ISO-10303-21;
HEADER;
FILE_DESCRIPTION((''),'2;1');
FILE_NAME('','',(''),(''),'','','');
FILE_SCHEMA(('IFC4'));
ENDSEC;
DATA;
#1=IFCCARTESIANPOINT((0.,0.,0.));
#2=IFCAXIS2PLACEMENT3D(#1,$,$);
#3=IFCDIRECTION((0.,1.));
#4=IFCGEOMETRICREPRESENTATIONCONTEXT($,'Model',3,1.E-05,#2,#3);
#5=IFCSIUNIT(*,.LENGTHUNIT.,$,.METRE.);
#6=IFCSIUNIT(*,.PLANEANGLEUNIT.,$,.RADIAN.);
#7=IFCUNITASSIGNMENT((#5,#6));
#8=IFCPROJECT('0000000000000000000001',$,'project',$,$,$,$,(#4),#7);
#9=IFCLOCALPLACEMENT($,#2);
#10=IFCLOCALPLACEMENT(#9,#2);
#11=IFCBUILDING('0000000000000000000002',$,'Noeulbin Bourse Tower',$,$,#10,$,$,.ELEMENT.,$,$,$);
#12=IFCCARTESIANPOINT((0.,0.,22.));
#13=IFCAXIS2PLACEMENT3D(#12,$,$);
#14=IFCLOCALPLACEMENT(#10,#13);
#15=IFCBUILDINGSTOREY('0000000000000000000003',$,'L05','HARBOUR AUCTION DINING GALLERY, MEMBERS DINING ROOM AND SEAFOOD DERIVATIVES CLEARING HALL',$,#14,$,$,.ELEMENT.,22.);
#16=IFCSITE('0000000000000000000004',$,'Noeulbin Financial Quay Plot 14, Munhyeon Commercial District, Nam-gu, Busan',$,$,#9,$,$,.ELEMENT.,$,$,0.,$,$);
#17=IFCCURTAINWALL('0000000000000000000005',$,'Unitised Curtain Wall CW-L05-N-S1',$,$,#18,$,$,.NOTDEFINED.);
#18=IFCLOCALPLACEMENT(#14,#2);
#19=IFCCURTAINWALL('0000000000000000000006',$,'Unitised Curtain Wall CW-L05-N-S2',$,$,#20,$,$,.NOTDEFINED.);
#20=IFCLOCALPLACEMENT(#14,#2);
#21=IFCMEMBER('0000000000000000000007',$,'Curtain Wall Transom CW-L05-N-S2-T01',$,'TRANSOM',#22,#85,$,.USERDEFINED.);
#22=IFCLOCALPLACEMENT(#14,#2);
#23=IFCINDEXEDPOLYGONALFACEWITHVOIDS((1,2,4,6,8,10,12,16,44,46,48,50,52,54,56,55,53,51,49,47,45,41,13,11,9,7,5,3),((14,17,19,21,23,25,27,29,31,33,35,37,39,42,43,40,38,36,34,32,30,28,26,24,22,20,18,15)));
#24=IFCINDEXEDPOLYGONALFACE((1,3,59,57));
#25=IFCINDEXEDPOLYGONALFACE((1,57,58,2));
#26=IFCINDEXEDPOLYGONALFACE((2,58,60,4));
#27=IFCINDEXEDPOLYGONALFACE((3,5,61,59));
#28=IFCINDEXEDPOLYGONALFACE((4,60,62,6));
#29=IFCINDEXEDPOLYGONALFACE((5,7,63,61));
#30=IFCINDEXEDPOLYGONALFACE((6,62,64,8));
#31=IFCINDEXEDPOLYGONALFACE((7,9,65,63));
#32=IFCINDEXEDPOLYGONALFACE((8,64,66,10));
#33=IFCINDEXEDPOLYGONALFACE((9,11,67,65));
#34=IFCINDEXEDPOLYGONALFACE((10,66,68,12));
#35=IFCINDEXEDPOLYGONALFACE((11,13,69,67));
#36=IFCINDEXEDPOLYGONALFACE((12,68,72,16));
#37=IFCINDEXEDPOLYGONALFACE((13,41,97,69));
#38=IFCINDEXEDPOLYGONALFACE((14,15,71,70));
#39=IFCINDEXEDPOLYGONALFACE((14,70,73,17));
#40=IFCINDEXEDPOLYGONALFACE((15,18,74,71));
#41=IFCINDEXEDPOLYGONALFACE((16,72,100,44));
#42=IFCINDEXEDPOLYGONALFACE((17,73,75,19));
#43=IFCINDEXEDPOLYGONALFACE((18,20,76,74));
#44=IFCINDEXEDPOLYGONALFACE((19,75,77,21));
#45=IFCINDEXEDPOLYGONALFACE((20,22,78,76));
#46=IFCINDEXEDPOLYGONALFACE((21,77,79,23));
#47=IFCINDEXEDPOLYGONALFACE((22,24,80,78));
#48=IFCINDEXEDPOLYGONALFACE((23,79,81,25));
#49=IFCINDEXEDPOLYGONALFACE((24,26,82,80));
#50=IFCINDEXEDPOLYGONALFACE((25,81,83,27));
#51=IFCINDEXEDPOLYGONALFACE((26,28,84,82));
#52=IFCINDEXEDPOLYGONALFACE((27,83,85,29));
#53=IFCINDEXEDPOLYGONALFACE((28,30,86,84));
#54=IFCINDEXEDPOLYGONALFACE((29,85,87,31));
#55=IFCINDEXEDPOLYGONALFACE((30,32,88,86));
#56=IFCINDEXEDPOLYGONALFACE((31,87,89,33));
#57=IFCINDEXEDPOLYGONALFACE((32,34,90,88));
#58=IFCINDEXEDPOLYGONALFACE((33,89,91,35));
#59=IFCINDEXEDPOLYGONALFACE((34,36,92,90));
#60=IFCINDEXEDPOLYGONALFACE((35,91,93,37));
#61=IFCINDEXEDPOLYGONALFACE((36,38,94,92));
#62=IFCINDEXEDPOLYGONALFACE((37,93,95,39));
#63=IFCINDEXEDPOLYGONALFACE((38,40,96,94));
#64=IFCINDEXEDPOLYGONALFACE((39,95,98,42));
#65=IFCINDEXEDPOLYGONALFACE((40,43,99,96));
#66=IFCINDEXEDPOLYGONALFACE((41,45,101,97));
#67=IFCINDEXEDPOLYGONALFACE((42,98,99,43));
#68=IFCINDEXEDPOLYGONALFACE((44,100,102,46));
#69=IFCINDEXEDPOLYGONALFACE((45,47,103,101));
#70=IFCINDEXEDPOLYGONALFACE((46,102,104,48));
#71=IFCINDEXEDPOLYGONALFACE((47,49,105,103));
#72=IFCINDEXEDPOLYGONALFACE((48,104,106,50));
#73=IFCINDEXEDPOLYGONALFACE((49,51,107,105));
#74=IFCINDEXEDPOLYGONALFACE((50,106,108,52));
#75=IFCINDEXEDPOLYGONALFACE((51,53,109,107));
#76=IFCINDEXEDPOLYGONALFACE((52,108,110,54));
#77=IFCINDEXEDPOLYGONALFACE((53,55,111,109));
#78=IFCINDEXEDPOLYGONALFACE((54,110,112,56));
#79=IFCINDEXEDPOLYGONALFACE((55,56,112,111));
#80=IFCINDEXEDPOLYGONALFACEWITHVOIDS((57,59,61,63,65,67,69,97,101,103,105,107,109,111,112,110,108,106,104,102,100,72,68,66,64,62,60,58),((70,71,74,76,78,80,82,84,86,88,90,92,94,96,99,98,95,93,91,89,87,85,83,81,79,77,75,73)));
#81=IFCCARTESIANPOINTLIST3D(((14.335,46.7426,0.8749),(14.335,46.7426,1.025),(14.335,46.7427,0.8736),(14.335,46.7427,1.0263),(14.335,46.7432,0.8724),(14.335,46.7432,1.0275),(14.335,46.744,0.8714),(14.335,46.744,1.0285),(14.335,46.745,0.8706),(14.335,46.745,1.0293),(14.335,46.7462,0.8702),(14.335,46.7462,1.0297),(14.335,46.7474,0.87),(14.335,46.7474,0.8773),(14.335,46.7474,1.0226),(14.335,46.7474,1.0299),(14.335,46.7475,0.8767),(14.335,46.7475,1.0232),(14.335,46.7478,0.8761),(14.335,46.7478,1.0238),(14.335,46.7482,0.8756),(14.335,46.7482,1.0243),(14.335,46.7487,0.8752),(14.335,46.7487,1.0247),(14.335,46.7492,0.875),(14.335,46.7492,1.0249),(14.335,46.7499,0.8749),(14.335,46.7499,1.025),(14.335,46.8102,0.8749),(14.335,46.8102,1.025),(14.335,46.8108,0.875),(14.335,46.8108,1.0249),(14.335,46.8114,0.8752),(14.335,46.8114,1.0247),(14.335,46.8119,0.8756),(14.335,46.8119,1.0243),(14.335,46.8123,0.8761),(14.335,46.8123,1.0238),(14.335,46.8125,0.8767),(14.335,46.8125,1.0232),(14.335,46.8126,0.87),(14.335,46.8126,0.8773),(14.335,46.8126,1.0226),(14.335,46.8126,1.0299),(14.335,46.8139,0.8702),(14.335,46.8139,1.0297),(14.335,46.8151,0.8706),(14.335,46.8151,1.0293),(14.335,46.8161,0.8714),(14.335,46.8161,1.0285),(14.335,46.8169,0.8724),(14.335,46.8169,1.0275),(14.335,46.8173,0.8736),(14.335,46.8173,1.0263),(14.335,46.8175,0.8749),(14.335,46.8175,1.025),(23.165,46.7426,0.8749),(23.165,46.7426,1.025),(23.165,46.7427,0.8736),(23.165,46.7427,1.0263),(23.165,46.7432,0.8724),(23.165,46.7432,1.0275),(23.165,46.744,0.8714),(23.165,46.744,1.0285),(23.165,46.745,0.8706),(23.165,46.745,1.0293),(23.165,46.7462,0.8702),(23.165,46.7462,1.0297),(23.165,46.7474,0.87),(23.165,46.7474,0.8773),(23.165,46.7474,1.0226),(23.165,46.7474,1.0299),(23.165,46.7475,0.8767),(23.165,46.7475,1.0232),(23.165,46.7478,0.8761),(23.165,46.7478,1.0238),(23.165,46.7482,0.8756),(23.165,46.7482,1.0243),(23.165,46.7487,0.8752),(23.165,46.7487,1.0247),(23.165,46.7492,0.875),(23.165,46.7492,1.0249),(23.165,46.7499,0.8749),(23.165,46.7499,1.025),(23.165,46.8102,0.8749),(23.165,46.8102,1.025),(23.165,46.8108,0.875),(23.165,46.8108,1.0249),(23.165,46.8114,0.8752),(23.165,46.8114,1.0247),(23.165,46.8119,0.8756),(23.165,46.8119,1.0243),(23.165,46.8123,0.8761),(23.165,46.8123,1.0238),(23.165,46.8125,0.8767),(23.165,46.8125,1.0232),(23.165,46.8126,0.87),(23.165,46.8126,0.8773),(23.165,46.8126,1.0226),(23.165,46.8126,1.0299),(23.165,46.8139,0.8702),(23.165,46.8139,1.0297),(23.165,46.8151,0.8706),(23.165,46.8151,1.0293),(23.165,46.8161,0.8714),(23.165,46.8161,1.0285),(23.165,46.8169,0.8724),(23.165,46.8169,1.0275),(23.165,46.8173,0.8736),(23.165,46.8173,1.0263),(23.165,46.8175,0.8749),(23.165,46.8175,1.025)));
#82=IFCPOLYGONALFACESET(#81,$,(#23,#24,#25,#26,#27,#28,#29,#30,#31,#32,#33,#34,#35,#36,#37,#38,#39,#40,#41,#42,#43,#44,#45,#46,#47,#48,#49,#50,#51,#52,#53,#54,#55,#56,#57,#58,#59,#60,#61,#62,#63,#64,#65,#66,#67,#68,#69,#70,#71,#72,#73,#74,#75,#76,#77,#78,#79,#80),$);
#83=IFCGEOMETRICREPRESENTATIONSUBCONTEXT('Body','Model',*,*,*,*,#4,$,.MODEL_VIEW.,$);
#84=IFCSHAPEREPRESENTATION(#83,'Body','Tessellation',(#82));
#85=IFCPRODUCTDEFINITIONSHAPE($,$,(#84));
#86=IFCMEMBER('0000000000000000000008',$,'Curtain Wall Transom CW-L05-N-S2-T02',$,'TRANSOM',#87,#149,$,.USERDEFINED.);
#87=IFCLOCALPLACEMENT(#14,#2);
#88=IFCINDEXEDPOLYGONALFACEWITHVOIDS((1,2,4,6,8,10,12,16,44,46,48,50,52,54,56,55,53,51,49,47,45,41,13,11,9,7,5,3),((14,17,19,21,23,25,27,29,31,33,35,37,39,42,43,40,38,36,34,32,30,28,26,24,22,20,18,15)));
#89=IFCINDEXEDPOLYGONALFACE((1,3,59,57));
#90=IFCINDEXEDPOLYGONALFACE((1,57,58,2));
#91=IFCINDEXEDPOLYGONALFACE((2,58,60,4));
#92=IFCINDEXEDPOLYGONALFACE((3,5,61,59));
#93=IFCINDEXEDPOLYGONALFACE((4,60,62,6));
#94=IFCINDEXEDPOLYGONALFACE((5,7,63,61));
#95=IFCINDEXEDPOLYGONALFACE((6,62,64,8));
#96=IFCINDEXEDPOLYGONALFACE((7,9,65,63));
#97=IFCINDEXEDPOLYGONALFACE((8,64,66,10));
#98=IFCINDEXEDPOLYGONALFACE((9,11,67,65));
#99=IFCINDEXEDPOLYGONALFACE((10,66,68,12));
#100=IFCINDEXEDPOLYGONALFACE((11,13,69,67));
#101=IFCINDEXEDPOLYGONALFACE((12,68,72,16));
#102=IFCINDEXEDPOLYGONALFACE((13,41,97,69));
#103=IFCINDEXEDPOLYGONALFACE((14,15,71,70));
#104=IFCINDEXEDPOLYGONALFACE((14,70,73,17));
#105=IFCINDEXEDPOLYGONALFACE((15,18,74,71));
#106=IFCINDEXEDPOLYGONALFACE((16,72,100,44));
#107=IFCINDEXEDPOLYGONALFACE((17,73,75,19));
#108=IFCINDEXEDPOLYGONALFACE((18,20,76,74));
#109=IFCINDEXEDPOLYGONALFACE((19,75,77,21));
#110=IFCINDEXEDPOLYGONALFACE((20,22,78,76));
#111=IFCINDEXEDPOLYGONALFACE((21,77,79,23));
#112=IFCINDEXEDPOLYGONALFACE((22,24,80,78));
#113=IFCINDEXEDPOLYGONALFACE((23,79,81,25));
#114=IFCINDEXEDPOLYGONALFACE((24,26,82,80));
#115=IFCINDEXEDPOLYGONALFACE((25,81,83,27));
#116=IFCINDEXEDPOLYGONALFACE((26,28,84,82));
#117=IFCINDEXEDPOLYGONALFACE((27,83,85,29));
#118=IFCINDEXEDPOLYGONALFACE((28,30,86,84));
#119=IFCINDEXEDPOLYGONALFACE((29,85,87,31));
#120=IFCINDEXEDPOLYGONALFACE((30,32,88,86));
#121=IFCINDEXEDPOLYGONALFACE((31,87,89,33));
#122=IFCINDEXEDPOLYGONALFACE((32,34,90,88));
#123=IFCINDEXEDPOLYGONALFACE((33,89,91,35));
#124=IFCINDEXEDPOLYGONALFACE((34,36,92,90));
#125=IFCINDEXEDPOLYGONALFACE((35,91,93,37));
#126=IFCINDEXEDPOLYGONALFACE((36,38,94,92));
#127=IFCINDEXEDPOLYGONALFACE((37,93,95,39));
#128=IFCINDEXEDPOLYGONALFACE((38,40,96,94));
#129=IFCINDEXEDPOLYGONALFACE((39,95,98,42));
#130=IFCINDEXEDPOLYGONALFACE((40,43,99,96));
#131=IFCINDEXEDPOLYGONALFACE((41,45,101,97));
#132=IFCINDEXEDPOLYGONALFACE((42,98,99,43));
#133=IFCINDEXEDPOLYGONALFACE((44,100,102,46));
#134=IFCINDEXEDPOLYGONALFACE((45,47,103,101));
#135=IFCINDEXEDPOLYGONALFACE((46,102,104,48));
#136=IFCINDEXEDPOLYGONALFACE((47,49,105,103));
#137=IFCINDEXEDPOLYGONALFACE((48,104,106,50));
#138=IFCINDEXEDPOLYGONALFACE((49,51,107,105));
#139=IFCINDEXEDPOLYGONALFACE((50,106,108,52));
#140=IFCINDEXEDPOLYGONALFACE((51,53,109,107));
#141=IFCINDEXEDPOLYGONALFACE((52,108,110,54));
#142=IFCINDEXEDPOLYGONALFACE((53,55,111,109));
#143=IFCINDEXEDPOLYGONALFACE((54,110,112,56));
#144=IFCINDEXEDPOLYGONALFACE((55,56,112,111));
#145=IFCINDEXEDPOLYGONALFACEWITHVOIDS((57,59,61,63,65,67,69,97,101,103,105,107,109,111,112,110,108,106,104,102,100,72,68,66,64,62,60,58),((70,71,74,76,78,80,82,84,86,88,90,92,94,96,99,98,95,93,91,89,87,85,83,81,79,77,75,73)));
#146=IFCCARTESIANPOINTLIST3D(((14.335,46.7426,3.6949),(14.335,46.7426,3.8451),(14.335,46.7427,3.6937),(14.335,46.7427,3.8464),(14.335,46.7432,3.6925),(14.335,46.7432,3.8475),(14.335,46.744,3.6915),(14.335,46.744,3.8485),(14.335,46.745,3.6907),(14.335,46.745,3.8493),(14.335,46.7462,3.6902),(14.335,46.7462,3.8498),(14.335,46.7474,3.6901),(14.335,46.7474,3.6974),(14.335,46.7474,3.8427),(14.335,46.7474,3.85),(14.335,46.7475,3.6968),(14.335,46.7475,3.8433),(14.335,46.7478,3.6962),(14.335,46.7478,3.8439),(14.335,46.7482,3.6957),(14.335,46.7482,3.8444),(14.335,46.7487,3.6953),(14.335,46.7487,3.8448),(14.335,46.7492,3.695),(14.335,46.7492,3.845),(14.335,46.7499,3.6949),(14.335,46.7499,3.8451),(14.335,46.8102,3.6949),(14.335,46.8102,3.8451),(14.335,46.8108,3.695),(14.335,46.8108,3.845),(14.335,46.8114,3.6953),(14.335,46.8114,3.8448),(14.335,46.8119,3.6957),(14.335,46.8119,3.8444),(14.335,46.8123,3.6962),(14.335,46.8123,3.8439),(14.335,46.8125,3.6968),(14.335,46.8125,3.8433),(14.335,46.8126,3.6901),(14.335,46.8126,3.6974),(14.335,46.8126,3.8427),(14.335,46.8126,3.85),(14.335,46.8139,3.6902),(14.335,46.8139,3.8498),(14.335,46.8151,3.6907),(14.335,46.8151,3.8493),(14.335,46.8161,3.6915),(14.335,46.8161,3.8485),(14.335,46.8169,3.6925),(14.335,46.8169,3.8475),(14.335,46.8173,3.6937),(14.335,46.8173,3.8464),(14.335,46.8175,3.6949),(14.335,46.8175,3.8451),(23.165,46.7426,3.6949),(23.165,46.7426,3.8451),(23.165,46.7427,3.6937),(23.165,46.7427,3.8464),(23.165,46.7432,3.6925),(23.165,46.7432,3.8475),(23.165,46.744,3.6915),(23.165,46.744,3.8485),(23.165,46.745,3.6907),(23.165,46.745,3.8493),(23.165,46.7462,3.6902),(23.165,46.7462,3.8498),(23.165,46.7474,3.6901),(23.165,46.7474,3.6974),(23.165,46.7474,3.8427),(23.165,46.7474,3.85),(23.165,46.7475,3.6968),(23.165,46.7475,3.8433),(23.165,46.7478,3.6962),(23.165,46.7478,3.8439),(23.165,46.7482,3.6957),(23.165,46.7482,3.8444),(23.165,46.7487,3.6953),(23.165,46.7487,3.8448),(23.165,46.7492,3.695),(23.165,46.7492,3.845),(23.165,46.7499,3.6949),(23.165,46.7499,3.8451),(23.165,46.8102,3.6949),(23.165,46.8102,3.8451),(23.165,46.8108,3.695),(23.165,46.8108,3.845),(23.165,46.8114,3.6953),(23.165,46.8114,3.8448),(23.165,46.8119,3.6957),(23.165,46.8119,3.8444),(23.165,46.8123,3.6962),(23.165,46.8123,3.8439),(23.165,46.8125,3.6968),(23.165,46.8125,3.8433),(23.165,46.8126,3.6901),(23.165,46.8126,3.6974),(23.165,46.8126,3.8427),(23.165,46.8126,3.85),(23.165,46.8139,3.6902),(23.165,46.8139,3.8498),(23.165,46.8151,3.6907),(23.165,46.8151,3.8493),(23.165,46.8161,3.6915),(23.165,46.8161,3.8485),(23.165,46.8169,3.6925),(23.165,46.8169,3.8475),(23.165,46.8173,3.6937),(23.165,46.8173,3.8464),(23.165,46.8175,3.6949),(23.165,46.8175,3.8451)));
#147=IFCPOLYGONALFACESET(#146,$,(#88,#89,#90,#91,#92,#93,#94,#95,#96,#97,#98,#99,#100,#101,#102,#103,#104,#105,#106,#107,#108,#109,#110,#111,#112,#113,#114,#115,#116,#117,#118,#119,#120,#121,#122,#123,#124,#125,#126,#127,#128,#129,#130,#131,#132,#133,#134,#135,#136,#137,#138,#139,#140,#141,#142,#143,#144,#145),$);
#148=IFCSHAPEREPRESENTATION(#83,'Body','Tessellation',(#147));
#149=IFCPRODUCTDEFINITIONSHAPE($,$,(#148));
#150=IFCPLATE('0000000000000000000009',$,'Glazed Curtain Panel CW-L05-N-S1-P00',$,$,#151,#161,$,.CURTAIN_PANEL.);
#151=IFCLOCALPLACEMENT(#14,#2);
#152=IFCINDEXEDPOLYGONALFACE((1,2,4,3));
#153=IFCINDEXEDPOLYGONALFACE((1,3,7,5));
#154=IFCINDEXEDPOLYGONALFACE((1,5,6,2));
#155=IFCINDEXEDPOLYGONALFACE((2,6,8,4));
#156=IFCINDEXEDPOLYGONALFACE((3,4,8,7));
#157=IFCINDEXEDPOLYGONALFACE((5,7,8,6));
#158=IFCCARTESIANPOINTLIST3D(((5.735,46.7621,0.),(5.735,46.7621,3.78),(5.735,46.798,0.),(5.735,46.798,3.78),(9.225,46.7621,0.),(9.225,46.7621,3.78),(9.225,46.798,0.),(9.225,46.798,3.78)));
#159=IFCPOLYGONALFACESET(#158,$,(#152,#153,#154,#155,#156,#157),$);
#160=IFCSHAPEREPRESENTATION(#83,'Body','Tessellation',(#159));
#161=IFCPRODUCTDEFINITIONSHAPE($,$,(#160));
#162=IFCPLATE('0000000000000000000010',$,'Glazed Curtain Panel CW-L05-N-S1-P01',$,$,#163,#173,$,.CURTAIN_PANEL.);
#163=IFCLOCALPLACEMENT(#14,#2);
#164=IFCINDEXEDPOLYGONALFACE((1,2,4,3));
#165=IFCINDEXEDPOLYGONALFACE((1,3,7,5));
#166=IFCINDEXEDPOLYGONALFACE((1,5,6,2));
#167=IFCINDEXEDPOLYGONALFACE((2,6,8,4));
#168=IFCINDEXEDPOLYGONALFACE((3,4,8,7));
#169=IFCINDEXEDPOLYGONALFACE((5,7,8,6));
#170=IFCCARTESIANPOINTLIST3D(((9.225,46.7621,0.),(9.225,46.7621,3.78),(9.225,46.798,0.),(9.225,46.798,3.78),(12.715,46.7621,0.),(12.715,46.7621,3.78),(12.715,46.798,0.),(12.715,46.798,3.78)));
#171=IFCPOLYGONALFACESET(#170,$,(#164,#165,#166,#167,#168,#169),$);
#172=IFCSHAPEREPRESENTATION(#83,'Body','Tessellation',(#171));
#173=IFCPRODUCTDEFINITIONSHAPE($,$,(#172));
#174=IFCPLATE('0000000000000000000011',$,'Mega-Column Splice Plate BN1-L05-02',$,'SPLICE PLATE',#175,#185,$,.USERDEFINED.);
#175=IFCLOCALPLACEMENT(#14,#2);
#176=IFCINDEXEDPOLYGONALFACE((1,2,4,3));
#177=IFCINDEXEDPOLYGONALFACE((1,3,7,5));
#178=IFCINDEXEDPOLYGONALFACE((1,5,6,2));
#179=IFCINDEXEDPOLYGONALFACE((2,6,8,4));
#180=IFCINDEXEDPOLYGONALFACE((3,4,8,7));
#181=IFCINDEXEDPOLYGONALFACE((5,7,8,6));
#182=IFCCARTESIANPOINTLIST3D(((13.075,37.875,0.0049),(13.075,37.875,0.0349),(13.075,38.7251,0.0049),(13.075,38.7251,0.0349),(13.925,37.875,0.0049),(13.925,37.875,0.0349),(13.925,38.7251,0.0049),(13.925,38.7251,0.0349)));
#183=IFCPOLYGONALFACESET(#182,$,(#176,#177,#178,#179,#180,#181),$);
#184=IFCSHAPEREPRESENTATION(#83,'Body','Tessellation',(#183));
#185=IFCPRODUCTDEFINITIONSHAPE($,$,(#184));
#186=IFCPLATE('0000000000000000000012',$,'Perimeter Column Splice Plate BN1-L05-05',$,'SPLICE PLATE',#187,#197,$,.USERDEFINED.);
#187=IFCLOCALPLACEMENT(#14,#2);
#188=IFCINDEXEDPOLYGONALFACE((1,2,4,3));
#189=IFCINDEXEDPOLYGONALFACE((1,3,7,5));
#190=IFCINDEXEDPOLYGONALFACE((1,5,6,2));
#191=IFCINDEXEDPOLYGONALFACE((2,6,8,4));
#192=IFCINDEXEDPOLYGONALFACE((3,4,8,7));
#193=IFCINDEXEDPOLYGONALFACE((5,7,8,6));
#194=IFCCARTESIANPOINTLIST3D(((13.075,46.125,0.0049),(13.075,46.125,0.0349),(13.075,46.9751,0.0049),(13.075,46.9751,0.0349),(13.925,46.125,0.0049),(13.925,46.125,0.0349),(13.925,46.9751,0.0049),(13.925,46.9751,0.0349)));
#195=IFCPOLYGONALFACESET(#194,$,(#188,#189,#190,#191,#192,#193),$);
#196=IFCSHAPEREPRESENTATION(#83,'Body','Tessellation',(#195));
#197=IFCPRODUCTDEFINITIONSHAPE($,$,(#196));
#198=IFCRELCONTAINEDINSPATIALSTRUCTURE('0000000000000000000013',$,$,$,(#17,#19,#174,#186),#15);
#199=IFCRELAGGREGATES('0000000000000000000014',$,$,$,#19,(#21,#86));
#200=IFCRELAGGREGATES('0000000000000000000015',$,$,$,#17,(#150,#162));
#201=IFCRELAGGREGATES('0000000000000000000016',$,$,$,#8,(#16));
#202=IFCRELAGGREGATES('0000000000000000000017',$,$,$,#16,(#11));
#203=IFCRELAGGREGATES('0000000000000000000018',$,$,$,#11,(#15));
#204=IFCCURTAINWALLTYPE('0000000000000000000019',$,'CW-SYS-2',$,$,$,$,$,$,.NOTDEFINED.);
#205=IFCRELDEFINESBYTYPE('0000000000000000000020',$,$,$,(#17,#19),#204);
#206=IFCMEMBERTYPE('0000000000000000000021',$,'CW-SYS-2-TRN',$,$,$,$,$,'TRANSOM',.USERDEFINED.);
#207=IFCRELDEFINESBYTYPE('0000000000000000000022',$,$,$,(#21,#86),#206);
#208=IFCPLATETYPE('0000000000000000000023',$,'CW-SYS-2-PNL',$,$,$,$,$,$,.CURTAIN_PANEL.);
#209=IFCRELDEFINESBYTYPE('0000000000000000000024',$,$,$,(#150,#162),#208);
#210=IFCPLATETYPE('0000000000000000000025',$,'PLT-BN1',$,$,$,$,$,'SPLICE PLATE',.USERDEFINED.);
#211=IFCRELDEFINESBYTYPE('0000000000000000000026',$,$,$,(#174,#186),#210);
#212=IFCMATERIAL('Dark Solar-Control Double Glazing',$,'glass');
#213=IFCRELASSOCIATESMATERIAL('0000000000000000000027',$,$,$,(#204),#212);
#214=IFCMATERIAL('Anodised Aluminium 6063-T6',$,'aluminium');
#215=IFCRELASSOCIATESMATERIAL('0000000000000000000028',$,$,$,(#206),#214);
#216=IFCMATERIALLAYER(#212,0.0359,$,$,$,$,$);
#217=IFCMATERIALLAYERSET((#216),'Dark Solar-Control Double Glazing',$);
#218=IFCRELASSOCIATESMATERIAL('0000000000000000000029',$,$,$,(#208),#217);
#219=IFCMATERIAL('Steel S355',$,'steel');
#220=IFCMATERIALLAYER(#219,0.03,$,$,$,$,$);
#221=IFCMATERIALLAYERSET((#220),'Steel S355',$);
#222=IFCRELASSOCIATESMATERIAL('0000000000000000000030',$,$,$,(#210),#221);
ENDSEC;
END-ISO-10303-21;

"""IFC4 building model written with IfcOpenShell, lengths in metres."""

from ifc_helpers import new_model, si_unit, direction, frame, origin, origin_2d, place, context, subcontext, project, spatial, rectangle, hollow_rectangle, extrude, material, layer, layer_set, material_profile, profile_set, type_object, element, aggregate, save


model = new_model("IFC4")

# Units and contexts
model_context = context("Model", 3, precision=1e-05, world=origin(), true_north=direction((0.0, 1.0)))
body_context = subcontext(model_context, "Body", "Model", "MODEL_VIEW")
ifc_project = project(units=[si_unit("LENGTHUNIT", "METRE"), si_unit("PLANEANGLEUNIT", "RADIAN")], contexts=[model_context])

# Site, building, storey
site_placement = place(None, origin())
site = spatial("IfcSite", under=ifc_project, at=site_placement, Name="Noeulbin Financial Quay Plot 14, Munhyeon Commercial District, Nam-gu, Busan", CompositionType="ELEMENT", RefElevation=0.0)
building_placement = place(site_placement, origin())
building = spatial("IfcBuilding", under=site, at=building_placement, Name="Noeulbin Bourse Tower", CompositionType="ELEMENT")
storey_placement = place(building_placement, frame((0.0, 0.0, 22.0)))
storey = spatial("IfcBuildingStorey", under=building, at=storey_placement, Name="L05", Description="HARBOUR AUCTION DINING GALLERY, MEMBERS DINING ROOM AND SEAFOOD DERIVATIVES CLEARING HALL", CompositionType="ELEMENT", Elevation=22.0)

# Shared definitions
ifc_material_1 = material(Name="Steel S355", Category="steel")

# Curtain walls, members
ifc_material_2 = material(Name="Dark Solar-Control Double Glazing", Category="glass")
curtain_wall_type = type_object("IfcCurtainWallType", Name="CW-SYS-2", PredefinedType="NOTDEFINED", material=ifc_material_2)
curtain_wall_1_placement = place(storey_placement, origin())
curtain_wall_1 = element("IfcCurtainWall", 1, at=curtain_wall_1_placement, inside=storey, type_object=curtain_wall_type, Name="Unitised Curtain Wall CW-L05-N-S1", PredefinedType="NOTDEFINED")
ifc_material_3 = material(Name="Anodised Aluminium 6063-T6", Category="aluminium")
curtain_wall_2_placement = place(storey_placement, origin())
curtain_wall_2 = element("IfcCurtainWall", 2, at=curtain_wall_2_placement, inside=storey, type_object=curtain_wall_type, Name="Unitised Curtain Wall CW-L05-N-S2", PredefinedType="NOTDEFINED")
ifc_material_profile_1 = material_profile(ifc_material_3, hollow_rectangle(XDim=0.075, YDim=0.1599, WallThickness=0.0049, InnerFilletRadius=0.0024, OuterFilletRadius=0.0049, at=origin_2d()), Name="ALU-TRAN-75x160x5", Category="LoadBearing")
ifc_profile_set_1 = profile_set([ifc_material_profile_1], Name="Anodised Aluminium 6063-T6")
member_type_1 = type_object("IfcMemberType", Name="CW-SYS-2-TRN", ElementType="TRANSOM", PredefinedType="USERDEFINED", material=ifc_profile_set_1)
member_1_placement = place(storey_placement, frame((14.335, 46.78, 0.95), z_axis=(1.0, 0.0, 0.0), x_axis=(0.0, 1.0, 0.0)))
member_1 = element("IfcMember", 3, at=member_1_placement, type_object=member_type_1, Name="Curtain Wall Transom CW-L05-N-S2-T01", ObjectType="TRANSOM", PredefinedType="USERDEFINED", context=body_context, shape_type="SweptSolid", body=[
    extrude(hollow_rectangle(XDim=0.075, YDim=0.1599, WallThickness=0.0049, InnerFilletRadius=0.0024, OuterFilletRadius=0.0049, at=origin_2d()), origin(), (0.0, 0.0, 1.0), 8.8301),
])
member_2_placement = place(storey_placement, frame((14.335, 46.78, 3.77), z_axis=(1.0, 0.0, 0.0), x_axis=(0.0, 1.0, 0.0)))
member_2 = element("IfcMember", 4, at=member_2_placement, type_object=member_type_1, Name="Curtain Wall Transom CW-L05-N-S2-T02", ObjectType="TRANSOM", PredefinedType="USERDEFINED", context=body_context, shape_type="SweptSolid", body=[
    extrude(hollow_rectangle(XDim=0.075, YDim=0.1599, WallThickness=0.0049, InnerFilletRadius=0.0024, OuterFilletRadius=0.0049, at=origin_2d()), origin(), (0.0, 0.0, 1.0), 8.8301),
])
aggregate(curtain_wall_2, [member_1, member_2])

# Plates
ifc_layer_1 = layer(ifc_material_2, 0.0359)
ifc_layer_set_1 = layer_set([ifc_layer_1], Name="Dark Solar-Control Double Glazing")
plate_type_1 = type_object("IfcPlateType", Name="CW-SYS-2-PNL", PredefinedType="CURTAIN_PANEL", material=ifc_layer_set_1)
plate_1_placement = place(storey_placement, frame((7.48, 46.78, 0.0), z_axis=(0.0, 0.0, 1.0), x_axis=(1.0, 0.0, 0.0)))
plate_1 = element("IfcPlate", 5, at=plate_1_placement, type_object=plate_type_1, Name="Glazed Curtain Panel CW-L05-N-S1-P00", PredefinedType="CURTAIN_PANEL", context=body_context, shape_type="SweptSolid", body=[
    extrude(rectangle(XDim=3.49, YDim=0.0359, at=origin_2d()), origin(), (0.0, 0.0, 1.0), 3.78),
])
plate_2_placement = place(storey_placement, frame((10.97, 46.78, 0.0), z_axis=(0.0, 0.0, 1.0), x_axis=(1.0, 0.0, 0.0)))
plate_2 = element("IfcPlate", 6, at=plate_2_placement, type_object=plate_type_1, Name="Glazed Curtain Panel CW-L05-N-S1-P01", PredefinedType="CURTAIN_PANEL", context=body_context, shape_type="SweptSolid", body=[
    extrude(rectangle(XDim=3.49, YDim=0.0359, at=origin_2d()), origin(), (0.0, 0.0, 1.0), 3.78),
])
aggregate(curtain_wall_1, [plate_1, plate_2])

# Plates
ifc_layer_2 = layer(ifc_material_1, 0.03)
ifc_layer_set_2 = layer_set([ifc_layer_2], Name="Steel S355")
plate_type_2 = type_object("IfcPlateType", Name="PLT-BN1", ElementType="SPLICE PLATE", PredefinedType="USERDEFINED", material=ifc_layer_set_2)
for number, where, z_axis, x_axis, name in (
    (7, (13.5, 38.3, 0.0049), (0.0, 0.0, 1.0), (1.0, 0.0, 0.0), "Mega-Column Splice Plate BN1-L05-02"),
    (8, (13.5, 46.55, 0.0049), (0.0, 0.0, 1.0), (1.0, 0.0, 0.0), "Perimeter Column Splice Plate BN1-L05-05"),
):
    element("IfcPlate", number, at=place(storey_placement, frame(where, z_axis=z_axis, x_axis=x_axis)), inside=storey, type_object=plate_type_2, Name=name, ObjectType="SPLICE PLATE", PredefinedType="USERDEFINED", context=body_context, shape_type="SweptSolid", body=[
        extrude(rectangle(XDim=0.8501, YDim=0.8501, at=origin_2d()), origin(), (0.0, 0.0, 1.0), 0.03),
    ])

save(model, "model.ifc")
